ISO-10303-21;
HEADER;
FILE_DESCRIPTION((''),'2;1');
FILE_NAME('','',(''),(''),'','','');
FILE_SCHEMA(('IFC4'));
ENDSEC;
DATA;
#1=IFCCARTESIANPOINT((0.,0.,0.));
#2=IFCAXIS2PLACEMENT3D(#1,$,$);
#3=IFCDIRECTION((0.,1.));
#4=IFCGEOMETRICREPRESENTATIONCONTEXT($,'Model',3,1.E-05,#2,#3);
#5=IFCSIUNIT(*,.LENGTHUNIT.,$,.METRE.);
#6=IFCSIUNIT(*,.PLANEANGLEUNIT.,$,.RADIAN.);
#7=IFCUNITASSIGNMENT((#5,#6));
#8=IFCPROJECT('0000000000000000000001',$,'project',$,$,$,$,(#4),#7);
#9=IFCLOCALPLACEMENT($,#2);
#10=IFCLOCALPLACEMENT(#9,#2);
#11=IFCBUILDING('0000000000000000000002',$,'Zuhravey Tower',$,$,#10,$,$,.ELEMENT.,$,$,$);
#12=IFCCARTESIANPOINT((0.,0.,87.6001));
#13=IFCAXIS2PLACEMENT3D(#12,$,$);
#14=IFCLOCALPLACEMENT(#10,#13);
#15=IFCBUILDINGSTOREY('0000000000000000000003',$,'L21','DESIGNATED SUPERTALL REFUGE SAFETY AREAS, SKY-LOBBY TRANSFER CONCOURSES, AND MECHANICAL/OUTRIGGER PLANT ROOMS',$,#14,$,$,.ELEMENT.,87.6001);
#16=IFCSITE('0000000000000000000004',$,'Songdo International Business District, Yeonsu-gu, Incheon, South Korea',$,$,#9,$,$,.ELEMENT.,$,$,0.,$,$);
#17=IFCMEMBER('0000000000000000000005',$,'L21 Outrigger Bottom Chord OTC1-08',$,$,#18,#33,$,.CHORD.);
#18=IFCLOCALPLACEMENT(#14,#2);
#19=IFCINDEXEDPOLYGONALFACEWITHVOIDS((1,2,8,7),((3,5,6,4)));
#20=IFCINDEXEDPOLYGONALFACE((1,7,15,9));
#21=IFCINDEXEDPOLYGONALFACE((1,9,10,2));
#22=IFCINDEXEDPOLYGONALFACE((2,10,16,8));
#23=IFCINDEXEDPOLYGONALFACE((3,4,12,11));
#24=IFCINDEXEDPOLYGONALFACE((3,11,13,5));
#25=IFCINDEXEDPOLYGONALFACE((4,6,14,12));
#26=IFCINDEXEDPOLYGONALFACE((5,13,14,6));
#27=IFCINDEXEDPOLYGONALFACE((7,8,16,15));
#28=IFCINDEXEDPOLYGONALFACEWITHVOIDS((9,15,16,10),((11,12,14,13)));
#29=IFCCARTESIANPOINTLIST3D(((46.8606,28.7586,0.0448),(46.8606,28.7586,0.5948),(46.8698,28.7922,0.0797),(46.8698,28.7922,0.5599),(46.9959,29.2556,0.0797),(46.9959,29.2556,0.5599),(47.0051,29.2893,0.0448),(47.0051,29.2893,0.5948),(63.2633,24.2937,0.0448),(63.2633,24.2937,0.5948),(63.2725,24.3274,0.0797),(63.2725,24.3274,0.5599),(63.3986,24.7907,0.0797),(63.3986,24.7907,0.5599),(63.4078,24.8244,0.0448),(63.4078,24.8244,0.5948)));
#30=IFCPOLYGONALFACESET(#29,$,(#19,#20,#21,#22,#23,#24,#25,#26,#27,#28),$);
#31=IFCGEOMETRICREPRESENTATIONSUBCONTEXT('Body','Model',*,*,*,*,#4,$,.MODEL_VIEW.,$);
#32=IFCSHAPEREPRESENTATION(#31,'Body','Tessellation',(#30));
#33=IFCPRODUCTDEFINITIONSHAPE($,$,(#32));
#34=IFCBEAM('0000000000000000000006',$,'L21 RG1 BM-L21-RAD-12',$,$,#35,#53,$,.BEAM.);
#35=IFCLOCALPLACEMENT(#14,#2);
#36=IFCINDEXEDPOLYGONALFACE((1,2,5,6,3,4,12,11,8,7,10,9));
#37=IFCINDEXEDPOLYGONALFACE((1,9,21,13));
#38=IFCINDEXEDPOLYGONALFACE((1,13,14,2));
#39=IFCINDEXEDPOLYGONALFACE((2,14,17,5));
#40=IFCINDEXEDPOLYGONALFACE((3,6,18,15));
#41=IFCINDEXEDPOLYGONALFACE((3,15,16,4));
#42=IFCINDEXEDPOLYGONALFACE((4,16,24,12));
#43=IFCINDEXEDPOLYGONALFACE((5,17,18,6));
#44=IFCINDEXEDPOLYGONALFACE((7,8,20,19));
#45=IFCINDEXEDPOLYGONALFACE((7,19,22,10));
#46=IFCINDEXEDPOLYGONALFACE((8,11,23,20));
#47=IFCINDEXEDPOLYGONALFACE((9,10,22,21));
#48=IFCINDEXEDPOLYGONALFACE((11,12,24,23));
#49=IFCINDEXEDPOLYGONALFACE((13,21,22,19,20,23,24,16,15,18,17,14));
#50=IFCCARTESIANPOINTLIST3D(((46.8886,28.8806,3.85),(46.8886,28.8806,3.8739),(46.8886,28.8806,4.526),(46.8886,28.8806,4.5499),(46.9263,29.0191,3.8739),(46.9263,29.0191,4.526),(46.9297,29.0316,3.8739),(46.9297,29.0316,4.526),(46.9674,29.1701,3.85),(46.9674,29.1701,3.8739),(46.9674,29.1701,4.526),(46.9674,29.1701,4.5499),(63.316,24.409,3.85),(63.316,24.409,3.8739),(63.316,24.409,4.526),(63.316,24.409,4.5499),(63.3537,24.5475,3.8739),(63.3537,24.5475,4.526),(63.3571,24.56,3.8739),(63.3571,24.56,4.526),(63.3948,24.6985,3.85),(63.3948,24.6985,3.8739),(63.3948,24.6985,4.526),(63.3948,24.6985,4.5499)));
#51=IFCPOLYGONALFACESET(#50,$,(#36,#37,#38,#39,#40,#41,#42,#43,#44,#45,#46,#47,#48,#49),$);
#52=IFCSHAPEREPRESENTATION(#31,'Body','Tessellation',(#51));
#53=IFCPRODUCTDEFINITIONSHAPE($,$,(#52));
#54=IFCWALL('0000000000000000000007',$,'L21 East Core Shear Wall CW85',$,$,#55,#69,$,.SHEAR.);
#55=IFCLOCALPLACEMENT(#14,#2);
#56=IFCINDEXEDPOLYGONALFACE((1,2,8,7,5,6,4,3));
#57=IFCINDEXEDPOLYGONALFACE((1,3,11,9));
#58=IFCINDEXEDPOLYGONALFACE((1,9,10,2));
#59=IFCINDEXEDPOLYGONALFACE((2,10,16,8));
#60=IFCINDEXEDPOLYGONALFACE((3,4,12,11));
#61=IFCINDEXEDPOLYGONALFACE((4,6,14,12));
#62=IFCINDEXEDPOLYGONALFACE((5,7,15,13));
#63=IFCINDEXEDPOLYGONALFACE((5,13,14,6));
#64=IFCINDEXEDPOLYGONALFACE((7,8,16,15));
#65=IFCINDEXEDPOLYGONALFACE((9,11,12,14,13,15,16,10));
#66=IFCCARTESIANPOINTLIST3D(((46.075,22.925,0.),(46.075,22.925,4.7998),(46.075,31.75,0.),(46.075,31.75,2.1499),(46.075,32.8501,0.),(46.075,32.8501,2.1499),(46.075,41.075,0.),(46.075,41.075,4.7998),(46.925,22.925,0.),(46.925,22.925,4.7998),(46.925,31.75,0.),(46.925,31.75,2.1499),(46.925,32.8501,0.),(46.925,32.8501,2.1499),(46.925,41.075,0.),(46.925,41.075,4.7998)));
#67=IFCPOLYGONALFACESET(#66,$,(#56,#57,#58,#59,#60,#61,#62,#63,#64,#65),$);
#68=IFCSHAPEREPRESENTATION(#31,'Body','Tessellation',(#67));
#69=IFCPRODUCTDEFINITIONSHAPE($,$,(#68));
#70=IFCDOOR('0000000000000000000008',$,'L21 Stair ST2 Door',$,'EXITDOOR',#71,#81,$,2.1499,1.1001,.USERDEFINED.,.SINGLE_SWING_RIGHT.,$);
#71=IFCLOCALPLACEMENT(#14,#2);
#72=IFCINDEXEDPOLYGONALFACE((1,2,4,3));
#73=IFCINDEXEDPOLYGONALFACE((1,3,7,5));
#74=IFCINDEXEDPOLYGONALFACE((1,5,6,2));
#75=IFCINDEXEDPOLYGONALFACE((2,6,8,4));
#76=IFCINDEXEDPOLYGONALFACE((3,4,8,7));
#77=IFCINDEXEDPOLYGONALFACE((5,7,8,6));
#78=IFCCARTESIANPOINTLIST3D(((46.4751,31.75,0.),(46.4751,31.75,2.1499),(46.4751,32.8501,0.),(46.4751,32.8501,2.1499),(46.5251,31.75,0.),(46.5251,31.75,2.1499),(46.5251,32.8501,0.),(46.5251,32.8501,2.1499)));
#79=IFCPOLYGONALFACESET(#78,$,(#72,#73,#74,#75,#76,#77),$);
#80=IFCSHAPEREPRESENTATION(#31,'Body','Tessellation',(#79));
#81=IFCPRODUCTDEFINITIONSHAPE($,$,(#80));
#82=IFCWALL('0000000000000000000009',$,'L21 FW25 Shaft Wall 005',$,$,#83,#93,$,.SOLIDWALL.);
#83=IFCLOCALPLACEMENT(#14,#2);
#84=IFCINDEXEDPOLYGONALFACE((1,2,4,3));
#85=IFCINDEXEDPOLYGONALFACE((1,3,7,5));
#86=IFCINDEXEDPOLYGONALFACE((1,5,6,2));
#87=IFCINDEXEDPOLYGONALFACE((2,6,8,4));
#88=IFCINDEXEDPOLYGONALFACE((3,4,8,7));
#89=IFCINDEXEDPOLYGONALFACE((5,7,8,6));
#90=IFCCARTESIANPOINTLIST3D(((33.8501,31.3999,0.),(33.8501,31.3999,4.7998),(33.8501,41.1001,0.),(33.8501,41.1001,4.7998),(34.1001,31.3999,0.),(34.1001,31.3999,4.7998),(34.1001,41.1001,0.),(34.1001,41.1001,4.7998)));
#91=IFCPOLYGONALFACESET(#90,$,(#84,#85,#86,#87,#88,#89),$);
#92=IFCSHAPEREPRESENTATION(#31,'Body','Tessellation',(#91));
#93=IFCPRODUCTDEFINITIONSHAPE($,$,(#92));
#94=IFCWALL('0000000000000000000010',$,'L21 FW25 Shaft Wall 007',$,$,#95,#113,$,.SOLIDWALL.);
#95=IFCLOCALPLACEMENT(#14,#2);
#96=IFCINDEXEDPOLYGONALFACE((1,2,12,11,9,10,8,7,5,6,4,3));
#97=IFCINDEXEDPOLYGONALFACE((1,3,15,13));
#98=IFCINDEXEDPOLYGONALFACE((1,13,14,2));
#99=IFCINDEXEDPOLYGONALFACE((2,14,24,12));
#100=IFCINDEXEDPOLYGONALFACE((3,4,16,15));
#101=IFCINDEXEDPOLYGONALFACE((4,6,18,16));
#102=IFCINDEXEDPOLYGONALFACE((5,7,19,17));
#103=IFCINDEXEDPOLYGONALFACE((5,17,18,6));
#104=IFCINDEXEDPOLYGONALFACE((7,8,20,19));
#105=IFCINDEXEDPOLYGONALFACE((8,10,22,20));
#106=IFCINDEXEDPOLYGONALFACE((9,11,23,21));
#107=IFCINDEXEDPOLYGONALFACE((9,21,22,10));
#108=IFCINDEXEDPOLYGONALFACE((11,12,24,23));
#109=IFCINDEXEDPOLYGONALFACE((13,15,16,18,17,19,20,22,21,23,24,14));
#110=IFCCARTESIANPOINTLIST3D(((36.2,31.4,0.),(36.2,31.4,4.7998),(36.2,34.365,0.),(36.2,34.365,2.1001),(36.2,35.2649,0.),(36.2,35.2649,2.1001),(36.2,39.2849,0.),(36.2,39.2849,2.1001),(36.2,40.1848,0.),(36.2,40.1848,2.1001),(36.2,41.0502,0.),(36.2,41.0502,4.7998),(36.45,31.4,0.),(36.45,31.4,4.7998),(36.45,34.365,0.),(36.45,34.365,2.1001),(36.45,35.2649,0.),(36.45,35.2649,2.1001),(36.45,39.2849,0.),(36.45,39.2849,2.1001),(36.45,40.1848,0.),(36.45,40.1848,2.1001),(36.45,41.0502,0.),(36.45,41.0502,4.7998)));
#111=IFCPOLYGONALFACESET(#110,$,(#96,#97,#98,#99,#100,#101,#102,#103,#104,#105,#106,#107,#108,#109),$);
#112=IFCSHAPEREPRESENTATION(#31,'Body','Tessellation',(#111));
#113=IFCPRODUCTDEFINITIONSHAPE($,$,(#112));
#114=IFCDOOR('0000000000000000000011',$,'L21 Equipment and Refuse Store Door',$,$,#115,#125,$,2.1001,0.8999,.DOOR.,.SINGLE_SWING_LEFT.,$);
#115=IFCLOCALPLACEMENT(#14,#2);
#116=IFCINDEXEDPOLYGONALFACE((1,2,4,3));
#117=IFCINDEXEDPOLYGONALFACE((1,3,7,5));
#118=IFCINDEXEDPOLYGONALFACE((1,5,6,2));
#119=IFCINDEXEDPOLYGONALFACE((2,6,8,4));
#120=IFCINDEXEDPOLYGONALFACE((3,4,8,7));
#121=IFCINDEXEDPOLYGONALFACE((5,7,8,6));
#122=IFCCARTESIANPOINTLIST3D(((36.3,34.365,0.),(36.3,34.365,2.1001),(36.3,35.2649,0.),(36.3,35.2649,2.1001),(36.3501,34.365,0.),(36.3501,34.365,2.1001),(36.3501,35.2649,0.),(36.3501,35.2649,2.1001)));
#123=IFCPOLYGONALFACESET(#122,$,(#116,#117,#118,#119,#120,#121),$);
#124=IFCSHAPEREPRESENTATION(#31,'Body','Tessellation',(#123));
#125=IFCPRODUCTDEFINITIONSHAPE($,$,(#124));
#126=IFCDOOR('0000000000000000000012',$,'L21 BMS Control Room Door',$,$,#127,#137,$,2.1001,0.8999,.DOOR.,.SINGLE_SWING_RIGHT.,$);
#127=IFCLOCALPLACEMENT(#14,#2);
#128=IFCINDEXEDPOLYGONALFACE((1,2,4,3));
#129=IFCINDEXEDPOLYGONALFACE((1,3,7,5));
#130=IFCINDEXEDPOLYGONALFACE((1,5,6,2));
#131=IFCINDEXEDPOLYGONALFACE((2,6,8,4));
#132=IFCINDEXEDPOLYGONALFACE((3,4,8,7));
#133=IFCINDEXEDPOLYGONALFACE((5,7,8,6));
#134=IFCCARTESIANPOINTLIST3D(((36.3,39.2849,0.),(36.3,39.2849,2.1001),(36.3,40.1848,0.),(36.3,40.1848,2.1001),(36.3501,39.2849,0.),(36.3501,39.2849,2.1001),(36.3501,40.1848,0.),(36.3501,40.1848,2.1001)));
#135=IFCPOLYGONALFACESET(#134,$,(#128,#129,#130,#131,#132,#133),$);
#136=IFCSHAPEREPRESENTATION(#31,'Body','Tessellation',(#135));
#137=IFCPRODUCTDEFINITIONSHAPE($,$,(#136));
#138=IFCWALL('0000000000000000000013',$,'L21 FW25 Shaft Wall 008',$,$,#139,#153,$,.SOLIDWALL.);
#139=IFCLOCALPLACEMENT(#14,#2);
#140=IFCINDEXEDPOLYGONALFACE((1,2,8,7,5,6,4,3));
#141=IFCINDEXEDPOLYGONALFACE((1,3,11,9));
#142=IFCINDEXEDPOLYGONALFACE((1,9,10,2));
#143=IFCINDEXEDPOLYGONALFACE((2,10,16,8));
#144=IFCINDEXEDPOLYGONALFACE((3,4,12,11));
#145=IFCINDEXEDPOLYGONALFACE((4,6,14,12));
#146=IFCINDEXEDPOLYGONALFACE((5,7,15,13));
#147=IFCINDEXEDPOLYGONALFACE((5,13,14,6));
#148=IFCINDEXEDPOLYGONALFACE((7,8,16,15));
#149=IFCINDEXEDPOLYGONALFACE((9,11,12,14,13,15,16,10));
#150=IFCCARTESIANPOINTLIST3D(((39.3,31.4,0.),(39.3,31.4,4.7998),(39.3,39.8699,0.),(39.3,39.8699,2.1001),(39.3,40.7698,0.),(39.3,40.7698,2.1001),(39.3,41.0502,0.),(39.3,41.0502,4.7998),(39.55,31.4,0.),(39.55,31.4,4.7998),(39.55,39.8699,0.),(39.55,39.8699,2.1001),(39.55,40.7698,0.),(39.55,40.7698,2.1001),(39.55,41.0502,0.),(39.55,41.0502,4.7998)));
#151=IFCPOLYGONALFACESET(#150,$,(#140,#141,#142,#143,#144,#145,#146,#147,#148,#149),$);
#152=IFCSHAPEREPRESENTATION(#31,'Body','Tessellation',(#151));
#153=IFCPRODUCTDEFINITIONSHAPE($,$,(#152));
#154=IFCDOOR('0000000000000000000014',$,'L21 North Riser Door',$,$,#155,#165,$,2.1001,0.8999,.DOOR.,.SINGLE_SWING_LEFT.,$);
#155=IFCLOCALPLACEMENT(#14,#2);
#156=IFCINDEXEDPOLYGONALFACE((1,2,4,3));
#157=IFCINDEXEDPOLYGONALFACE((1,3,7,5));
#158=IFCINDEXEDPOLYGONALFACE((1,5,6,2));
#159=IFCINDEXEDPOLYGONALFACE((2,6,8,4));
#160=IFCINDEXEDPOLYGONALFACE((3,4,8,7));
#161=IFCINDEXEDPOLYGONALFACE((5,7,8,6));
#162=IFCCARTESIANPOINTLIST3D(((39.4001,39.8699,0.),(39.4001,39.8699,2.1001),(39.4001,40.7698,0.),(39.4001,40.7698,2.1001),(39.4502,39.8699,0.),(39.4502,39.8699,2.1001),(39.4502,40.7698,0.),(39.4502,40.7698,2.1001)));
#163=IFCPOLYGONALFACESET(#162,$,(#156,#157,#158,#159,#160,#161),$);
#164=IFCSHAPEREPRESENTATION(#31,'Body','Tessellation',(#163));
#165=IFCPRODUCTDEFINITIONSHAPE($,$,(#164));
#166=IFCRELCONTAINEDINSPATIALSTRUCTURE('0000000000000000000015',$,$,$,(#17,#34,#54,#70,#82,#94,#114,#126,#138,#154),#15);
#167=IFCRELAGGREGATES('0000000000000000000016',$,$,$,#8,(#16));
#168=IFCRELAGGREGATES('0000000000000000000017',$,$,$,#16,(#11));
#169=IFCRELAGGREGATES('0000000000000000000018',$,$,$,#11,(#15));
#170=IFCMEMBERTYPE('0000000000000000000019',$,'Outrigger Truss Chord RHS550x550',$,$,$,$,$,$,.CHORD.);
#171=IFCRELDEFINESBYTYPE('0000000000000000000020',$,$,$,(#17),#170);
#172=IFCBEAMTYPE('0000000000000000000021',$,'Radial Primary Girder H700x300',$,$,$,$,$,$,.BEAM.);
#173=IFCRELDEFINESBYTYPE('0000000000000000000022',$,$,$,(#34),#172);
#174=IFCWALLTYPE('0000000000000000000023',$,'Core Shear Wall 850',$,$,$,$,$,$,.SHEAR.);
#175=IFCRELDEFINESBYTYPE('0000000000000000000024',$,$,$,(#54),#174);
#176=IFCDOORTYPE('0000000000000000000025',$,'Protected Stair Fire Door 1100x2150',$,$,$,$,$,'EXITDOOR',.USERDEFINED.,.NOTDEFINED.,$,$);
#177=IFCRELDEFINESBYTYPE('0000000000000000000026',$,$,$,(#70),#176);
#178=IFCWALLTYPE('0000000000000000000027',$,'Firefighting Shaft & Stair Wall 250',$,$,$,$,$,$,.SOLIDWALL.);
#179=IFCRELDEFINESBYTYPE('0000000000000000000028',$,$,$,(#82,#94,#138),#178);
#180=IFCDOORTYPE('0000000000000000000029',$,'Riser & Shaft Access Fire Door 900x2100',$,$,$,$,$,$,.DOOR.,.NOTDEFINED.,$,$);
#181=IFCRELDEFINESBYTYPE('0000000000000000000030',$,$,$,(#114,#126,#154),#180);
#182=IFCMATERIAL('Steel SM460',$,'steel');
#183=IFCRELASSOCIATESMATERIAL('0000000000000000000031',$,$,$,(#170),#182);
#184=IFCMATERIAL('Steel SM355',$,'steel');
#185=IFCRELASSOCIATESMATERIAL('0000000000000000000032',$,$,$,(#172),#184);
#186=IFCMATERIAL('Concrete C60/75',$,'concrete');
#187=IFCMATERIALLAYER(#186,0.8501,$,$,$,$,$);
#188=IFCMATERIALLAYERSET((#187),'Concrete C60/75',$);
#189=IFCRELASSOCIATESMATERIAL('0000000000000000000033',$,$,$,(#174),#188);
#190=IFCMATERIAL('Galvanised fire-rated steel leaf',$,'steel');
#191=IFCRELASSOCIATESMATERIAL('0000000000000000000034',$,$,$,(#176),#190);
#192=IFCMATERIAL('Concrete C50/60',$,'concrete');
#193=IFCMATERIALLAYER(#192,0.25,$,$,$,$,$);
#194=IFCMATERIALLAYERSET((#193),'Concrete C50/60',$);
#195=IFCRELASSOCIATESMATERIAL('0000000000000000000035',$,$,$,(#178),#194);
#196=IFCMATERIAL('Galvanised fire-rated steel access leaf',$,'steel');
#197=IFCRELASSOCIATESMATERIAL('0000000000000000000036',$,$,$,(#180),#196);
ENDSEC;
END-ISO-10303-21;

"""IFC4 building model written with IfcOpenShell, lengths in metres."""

from ifc_helpers import new_model, si_unit, direction, frame, frame_2d, origin, origin_2d, place, context, subcontext, project, spatial, rectangle, hollow_rectangle, i_section, extrude, material, layer, layer_set, material_profile, profile_set, type_object, element, fill, save


model = new_model("IFC4")

# Units and contexts
model_context = context("Model", 3, precision=1e-05, world=origin(), true_north=direction((0.0, 1.0)))
body_context = subcontext(model_context, "Body", "Model", "MODEL_VIEW")
ifc_project = project(units=[si_unit("LENGTHUNIT", "METRE"), si_unit("PLANEANGLEUNIT", "RADIAN")], contexts=[model_context])

# Site, building, storey
site_placement = place(None, origin())
site = spatial("IfcSite", under=ifc_project, at=site_placement, Name="Songdo International Business District, Yeonsu-gu, Incheon, South Korea", CompositionType="ELEMENT", RefElevation=0.0)
building_placement = place(site_placement, origin())
building = spatial("IfcBuilding", under=site, at=building_placement, Name="Zuhravey Tower", CompositionType="ELEMENT")
storey_placement = place(building_placement, frame((0.0, 0.0, 87.6001)))
storey = spatial("IfcBuildingStorey", under=building, at=storey_placement, Name="L21", Description="DESIGNATED SUPERTALL REFUGE SAFETY AREAS, SKY-LOBBY TRANSFER CONCOURSES, AND MECHANICAL/OUTRIGGER PLANT ROOMS", CompositionType="ELEMENT", Elevation=87.6001)

# Member
ifc_material_1 = material(Name="Steel SM460", Category="steel")
ifc_material_profile_1 = material_profile(ifc_material_1, hollow_rectangle(XDim=0.55, YDim=0.55, WallThickness=0.0349, at=origin_2d()), Name="RHS-550x550x35")
ifc_profile_set_1 = profile_set([ifc_material_profile_1], Name="Steel SM460")
member_type = type_object("IfcMemberType", Name="Outrigger Truss Chord RHS550x550", PredefinedType="CHORD", material=ifc_profile_set_1)
member_placement = place(storey_placement, frame((46.9329, 29.0239, 0.3198), z_axis=(0.964892, -0.262647, 0.0), x_axis=(0.262647, 0.964892, 0.0)))
element("IfcMember", 1, at=member_placement, inside=storey, type_object=member_type, Name="L21 Outrigger Bottom Chord OTC1-08", PredefinedType="CHORD", context=body_context, shape_type="SweptSolid", body=[
    extrude(hollow_rectangle(XDim=0.55, YDim=0.55, WallThickness=0.0349, at=origin_2d()), origin(), (0.0, 0.0, 1.0), 16.9995),
])

# Beam
ifc_material_2 = material(Name="Steel SM355", Category="steel")
ifc_material_profile_2 = material_profile(ifc_material_2, i_section(OverallWidth=0.3, OverallDepth=0.7, WebThickness=0.0129, FlangeThickness=0.0239, at=origin_2d()), Name="H-700x300x13x24")
ifc_profile_set_2 = profile_set([ifc_material_profile_2], Name="Steel SM355")
beam_type = type_object("IfcBeamType", Name="Radial Primary Girder H700x300", PredefinedType="BEAM", material=ifc_profile_set_2)
beam_placement = place(storey_placement, frame((46.928, 29.0254, 4.2), z_axis=(0.964891, -0.26265, 0.0), x_axis=(0.26265, 0.964891, 0.0)))
element("IfcBeam", 2, at=beam_placement, inside=storey, type_object=beam_type, Name="L21 RG1 BM-L21-RAD-12", PredefinedType="BEAM", context=body_context, shape_type="SweptSolid", body=[
    extrude(i_section(OverallWidth=0.3, OverallDepth=0.7, WebThickness=0.0129, FlangeThickness=0.0239, at=origin_2d()), origin(), (0.0, 0.0, 1.0), 17.0251),
])

# Wall, opening, door
ifc_material_3 = material(Name="Concrete C60/75", Category="concrete")
ifc_layer_1 = layer(ifc_material_3, 0.8501)
ifc_layer_set_1 = layer_set([ifc_layer_1], Name="Concrete C60/75")
wall_type_1 = type_object("IfcWallType", Name="Core Shear Wall 850", PredefinedType="SHEAR", material=ifc_layer_set_1)
ifc_material_4 = material(Name="Galvanised fire-rated steel leaf", Category="steel")
wall_1_placement = place(storey_placement, frame((46.5, 22.925, 0.0), z_axis=(0.0, 0.0, 1.0), x_axis=(0.0, 1.0, 0.0)))
wall_1 = element("IfcWall", 3, at=wall_1_placement, inside=storey, type_object=wall_type_1, Name="L21 East Core Shear Wall CW85", PredefinedType="SHEAR", context=body_context, shape_type="SweptSolid", body=[
    extrude(rectangle(XDim=18.1499, YDim=0.8501, at=frame_2d((9.075, 0.0))), origin(), (0.0, 0.0, 1.0), 4.7998),
])
opening_1_placement = place(wall_1_placement, frame((8.825, 0.0, 0.0)))
opening_1 = element("IfcOpeningElement", 4, at=opening_1_placement, cuts=wall_1, PredefinedType="OPENING", context=body_context, shape_type="SweptSolid", body=[
    extrude(rectangle(XDim=1.1001, YDim=2.1499, at=frame_2d((0.55, 1.075))), frame((0.0, 0.437, 0.0), z_axis=(0.0, -1.0, 0.0), x_axis=(1.0, 0.0, 0.0)), (0.0, 0.0, 1.0), 0.874),
])
door_type_1 = type_object("IfcDoorType", Name="Protected Stair Fire Door 1100x2150", ElementType="EXITDOOR", OperationType="NOTDEFINED", PredefinedType="USERDEFINED", material=ifc_material_4)
door_1_placement = place(opening_1_placement, origin())
door_1 = element("IfcDoor", 5, at=door_1_placement, inside=storey, type_object=door_type_1, Name="L21 Stair ST2 Door", ObjectType="EXITDOOR", OperationType="SINGLE_SWING_RIGHT", OverallHeight=2.1499, OverallWidth=1.1001, PredefinedType="USERDEFINED", context=body_context, shape_type="SweptSolid", body=[
    extrude(rectangle(XDim=1.1001, YDim=2.1499, at=frame_2d((0.55, 1.075))), frame((0.0, 0.0249, 0.0), z_axis=(0.0, -1.0, 0.0), x_axis=(1.0, 0.0, 0.0)), (0.0, 0.0, 1.0), 0.05),
])
fill(opening_1, door_1)
ifc_material_5 = material(Name="Concrete C50/60", Category="concrete")
ifc_layer_2 = layer(ifc_material_5, 0.25)
ifc_layer_set_2 = layer_set([ifc_layer_2], Name="Concrete C50/60")
wall_type_2 = type_object("IfcWallType", Name="Firefighting Shaft & Stair Wall 250", PredefinedType="SOLIDWALL", material=ifc_layer_set_2)

# Wall
wall_2_placement = place(storey_placement, frame((33.9751, 31.3999, 0.0), z_axis=(0.0, 0.0, 1.0), x_axis=(0.0, 1.0, 0.0)))
element("IfcWall", 6, at=wall_2_placement, inside=storey, type_object=wall_type_2, Name="L21 FW25 Shaft Wall 005", PredefinedType="SOLIDWALL", context=body_context, shape_type="SweptSolid", body=[
    extrude(rectangle(XDim=9.7002, YDim=0.25, at=frame_2d((4.8501, 0.0))), origin(), (0.0, 0.0, 1.0), 4.7998),
])

# Wall, openings, doors
wall_3_placement = place(storey_placement, frame((36.325, 31.3999, 0.0), z_axis=(0.0, 0.0, 1.0), x_axis=(0.0, 1.0, 0.0)))
wall_3 = element("IfcWall", 7, at=wall_3_placement, inside=storey, type_object=wall_type_2, Name="L21 FW25 Shaft Wall 007", PredefinedType="SOLIDWALL", context=body_context, shape_type="SweptSolid", body=[
    extrude(rectangle(XDim=9.6501, YDim=0.25, at=frame_2d((4.8252, 0.0))), origin(), (0.0, 0.0, 1.0), 4.7998),
])
opening_2_placement = place(wall_3_placement, frame((2.9651, 0.0, 0.0)))
opening_2 = element("IfcOpeningElement", 8, at=opening_2_placement, cuts=wall_3, PredefinedType="OPENING", context=body_context, shape_type="SweptSolid", body=[
    extrude(rectangle(XDim=0.8999, YDim=2.1001, at=frame_2d((0.45, 1.05))), frame((0.0, 0.137, 0.0), z_axis=(0.0, -1.0, 0.0), x_axis=(1.0, 0.0, 0.0)), (0.0, 0.0, 1.0), 0.2739),
])
opening_3_placement = place(wall_3_placement, frame((7.885, 0.0, 0.0)))
opening_3 = element("IfcOpeningElement", 9, at=opening_3_placement, cuts=wall_3, PredefinedType="OPENING", context=body_context, shape_type="SweptSolid", body=[
    extrude(rectangle(XDim=0.8999, YDim=2.1001, at=frame_2d((0.45, 1.05))), frame((0.0, 0.137, 0.0), z_axis=(0.0, -1.0, 0.0), x_axis=(1.0, 0.0, 0.0)), (0.0, 0.0, 1.0), 0.2739),
])
ifc_material_6 = material(Name="Galvanised fire-rated steel access leaf", Category="steel")
door_type_2 = type_object("IfcDoorType", Name="Riser & Shaft Access Fire Door 900x2100", OperationType="NOTDEFINED", PredefinedType="DOOR", material=ifc_material_6)
door_2_placement = place(opening_2_placement, origin())
door_2 = element("IfcDoor", 10, at=door_2_placement, inside=storey, type_object=door_type_2, Name="L21 Equipment and Refuse Store Door", OperationType="SINGLE_SWING_LEFT", OverallHeight=2.1001, OverallWidth=0.8999, PredefinedType="DOOR", context=body_context, shape_type="SweptSolid", body=[
    extrude(rectangle(XDim=0.8999, YDim=2.1001, at=frame_2d((0.45, 1.05))), frame((0.0, 0.0249, 0.0), z_axis=(0.0, -1.0, 0.0), x_axis=(1.0, 0.0, 0.0)), (0.0, 0.0, 1.0), 0.05),
])
fill(opening_2, door_2)
door_3_placement = place(opening_3_placement, origin())
door_3 = element("IfcDoor", 11, at=door_3_placement, inside=storey, type_object=door_type_2, Name="L21 BMS Control Room Door", OperationType="SINGLE_SWING_RIGHT", OverallHeight=2.1001, OverallWidth=0.8999, PredefinedType="DOOR", context=body_context, shape_type="SweptSolid", body=[
    extrude(rectangle(XDim=0.8999, YDim=2.1001, at=frame_2d((0.45, 1.05))), frame((0.0, 0.0249, 0.0), z_axis=(0.0, -1.0, 0.0), x_axis=(1.0, 0.0, 0.0)), (0.0, 0.0, 1.0), 0.05),
])
fill(opening_3, door_3)

# Wall, opening, door
wall_4_placement = place(storey_placement, frame((39.425, 31.3999, 0.0), z_axis=(0.0, 0.0, 1.0), x_axis=(0.0, 1.0, 0.0)))
wall_4 = element("IfcWall", 12, at=wall_4_placement, inside=storey, type_object=wall_type_2, Name="L21 FW25 Shaft Wall 008", PredefinedType="SOLIDWALL", context=body_context, shape_type="SweptSolid", body=[
    extrude(rectangle(XDim=9.6501, YDim=0.25, at=frame_2d((4.8252, 0.0))), origin(), (0.0, 0.0, 1.0), 4.7998),
])
opening_4_placement = place(wall_4_placement, frame((8.47, 0.0, 0.0)))
opening_4 = element("IfcOpeningElement", 13, at=opening_4_placement, cuts=wall_4, PredefinedType="OPENING", context=body_context, shape_type="SweptSolid", body=[
    extrude(rectangle(XDim=0.8999, YDim=2.1001, at=frame_2d((0.45, 1.05))), frame((0.0, 0.137, 0.0), z_axis=(0.0, -1.0, 0.0), x_axis=(1.0, 0.0, 0.0)), (0.0, 0.0, 1.0), 0.2739),
])
door_4_placement = place(opening_4_placement, origin())
door_4 = element("IfcDoor", 14, at=door_4_placement, inside=storey, type_object=door_type_2, Name="L21 North Riser Door", OperationType="SINGLE_SWING_LEFT", OverallHeight=2.1001, OverallWidth=0.8999, PredefinedType="DOOR", context=body_context, shape_type="SweptSolid", body=[
    extrude(rectangle(XDim=0.8999, YDim=2.1001, at=frame_2d((0.45, 1.05))), frame((0.0, 0.0249, 0.0), z_axis=(0.0, -1.0, 0.0), x_axis=(1.0, 0.0, 0.0)), (0.0, 0.0, 1.0), 0.05),
])
fill(opening_4, door_4)

save(model, "model.ifc")
